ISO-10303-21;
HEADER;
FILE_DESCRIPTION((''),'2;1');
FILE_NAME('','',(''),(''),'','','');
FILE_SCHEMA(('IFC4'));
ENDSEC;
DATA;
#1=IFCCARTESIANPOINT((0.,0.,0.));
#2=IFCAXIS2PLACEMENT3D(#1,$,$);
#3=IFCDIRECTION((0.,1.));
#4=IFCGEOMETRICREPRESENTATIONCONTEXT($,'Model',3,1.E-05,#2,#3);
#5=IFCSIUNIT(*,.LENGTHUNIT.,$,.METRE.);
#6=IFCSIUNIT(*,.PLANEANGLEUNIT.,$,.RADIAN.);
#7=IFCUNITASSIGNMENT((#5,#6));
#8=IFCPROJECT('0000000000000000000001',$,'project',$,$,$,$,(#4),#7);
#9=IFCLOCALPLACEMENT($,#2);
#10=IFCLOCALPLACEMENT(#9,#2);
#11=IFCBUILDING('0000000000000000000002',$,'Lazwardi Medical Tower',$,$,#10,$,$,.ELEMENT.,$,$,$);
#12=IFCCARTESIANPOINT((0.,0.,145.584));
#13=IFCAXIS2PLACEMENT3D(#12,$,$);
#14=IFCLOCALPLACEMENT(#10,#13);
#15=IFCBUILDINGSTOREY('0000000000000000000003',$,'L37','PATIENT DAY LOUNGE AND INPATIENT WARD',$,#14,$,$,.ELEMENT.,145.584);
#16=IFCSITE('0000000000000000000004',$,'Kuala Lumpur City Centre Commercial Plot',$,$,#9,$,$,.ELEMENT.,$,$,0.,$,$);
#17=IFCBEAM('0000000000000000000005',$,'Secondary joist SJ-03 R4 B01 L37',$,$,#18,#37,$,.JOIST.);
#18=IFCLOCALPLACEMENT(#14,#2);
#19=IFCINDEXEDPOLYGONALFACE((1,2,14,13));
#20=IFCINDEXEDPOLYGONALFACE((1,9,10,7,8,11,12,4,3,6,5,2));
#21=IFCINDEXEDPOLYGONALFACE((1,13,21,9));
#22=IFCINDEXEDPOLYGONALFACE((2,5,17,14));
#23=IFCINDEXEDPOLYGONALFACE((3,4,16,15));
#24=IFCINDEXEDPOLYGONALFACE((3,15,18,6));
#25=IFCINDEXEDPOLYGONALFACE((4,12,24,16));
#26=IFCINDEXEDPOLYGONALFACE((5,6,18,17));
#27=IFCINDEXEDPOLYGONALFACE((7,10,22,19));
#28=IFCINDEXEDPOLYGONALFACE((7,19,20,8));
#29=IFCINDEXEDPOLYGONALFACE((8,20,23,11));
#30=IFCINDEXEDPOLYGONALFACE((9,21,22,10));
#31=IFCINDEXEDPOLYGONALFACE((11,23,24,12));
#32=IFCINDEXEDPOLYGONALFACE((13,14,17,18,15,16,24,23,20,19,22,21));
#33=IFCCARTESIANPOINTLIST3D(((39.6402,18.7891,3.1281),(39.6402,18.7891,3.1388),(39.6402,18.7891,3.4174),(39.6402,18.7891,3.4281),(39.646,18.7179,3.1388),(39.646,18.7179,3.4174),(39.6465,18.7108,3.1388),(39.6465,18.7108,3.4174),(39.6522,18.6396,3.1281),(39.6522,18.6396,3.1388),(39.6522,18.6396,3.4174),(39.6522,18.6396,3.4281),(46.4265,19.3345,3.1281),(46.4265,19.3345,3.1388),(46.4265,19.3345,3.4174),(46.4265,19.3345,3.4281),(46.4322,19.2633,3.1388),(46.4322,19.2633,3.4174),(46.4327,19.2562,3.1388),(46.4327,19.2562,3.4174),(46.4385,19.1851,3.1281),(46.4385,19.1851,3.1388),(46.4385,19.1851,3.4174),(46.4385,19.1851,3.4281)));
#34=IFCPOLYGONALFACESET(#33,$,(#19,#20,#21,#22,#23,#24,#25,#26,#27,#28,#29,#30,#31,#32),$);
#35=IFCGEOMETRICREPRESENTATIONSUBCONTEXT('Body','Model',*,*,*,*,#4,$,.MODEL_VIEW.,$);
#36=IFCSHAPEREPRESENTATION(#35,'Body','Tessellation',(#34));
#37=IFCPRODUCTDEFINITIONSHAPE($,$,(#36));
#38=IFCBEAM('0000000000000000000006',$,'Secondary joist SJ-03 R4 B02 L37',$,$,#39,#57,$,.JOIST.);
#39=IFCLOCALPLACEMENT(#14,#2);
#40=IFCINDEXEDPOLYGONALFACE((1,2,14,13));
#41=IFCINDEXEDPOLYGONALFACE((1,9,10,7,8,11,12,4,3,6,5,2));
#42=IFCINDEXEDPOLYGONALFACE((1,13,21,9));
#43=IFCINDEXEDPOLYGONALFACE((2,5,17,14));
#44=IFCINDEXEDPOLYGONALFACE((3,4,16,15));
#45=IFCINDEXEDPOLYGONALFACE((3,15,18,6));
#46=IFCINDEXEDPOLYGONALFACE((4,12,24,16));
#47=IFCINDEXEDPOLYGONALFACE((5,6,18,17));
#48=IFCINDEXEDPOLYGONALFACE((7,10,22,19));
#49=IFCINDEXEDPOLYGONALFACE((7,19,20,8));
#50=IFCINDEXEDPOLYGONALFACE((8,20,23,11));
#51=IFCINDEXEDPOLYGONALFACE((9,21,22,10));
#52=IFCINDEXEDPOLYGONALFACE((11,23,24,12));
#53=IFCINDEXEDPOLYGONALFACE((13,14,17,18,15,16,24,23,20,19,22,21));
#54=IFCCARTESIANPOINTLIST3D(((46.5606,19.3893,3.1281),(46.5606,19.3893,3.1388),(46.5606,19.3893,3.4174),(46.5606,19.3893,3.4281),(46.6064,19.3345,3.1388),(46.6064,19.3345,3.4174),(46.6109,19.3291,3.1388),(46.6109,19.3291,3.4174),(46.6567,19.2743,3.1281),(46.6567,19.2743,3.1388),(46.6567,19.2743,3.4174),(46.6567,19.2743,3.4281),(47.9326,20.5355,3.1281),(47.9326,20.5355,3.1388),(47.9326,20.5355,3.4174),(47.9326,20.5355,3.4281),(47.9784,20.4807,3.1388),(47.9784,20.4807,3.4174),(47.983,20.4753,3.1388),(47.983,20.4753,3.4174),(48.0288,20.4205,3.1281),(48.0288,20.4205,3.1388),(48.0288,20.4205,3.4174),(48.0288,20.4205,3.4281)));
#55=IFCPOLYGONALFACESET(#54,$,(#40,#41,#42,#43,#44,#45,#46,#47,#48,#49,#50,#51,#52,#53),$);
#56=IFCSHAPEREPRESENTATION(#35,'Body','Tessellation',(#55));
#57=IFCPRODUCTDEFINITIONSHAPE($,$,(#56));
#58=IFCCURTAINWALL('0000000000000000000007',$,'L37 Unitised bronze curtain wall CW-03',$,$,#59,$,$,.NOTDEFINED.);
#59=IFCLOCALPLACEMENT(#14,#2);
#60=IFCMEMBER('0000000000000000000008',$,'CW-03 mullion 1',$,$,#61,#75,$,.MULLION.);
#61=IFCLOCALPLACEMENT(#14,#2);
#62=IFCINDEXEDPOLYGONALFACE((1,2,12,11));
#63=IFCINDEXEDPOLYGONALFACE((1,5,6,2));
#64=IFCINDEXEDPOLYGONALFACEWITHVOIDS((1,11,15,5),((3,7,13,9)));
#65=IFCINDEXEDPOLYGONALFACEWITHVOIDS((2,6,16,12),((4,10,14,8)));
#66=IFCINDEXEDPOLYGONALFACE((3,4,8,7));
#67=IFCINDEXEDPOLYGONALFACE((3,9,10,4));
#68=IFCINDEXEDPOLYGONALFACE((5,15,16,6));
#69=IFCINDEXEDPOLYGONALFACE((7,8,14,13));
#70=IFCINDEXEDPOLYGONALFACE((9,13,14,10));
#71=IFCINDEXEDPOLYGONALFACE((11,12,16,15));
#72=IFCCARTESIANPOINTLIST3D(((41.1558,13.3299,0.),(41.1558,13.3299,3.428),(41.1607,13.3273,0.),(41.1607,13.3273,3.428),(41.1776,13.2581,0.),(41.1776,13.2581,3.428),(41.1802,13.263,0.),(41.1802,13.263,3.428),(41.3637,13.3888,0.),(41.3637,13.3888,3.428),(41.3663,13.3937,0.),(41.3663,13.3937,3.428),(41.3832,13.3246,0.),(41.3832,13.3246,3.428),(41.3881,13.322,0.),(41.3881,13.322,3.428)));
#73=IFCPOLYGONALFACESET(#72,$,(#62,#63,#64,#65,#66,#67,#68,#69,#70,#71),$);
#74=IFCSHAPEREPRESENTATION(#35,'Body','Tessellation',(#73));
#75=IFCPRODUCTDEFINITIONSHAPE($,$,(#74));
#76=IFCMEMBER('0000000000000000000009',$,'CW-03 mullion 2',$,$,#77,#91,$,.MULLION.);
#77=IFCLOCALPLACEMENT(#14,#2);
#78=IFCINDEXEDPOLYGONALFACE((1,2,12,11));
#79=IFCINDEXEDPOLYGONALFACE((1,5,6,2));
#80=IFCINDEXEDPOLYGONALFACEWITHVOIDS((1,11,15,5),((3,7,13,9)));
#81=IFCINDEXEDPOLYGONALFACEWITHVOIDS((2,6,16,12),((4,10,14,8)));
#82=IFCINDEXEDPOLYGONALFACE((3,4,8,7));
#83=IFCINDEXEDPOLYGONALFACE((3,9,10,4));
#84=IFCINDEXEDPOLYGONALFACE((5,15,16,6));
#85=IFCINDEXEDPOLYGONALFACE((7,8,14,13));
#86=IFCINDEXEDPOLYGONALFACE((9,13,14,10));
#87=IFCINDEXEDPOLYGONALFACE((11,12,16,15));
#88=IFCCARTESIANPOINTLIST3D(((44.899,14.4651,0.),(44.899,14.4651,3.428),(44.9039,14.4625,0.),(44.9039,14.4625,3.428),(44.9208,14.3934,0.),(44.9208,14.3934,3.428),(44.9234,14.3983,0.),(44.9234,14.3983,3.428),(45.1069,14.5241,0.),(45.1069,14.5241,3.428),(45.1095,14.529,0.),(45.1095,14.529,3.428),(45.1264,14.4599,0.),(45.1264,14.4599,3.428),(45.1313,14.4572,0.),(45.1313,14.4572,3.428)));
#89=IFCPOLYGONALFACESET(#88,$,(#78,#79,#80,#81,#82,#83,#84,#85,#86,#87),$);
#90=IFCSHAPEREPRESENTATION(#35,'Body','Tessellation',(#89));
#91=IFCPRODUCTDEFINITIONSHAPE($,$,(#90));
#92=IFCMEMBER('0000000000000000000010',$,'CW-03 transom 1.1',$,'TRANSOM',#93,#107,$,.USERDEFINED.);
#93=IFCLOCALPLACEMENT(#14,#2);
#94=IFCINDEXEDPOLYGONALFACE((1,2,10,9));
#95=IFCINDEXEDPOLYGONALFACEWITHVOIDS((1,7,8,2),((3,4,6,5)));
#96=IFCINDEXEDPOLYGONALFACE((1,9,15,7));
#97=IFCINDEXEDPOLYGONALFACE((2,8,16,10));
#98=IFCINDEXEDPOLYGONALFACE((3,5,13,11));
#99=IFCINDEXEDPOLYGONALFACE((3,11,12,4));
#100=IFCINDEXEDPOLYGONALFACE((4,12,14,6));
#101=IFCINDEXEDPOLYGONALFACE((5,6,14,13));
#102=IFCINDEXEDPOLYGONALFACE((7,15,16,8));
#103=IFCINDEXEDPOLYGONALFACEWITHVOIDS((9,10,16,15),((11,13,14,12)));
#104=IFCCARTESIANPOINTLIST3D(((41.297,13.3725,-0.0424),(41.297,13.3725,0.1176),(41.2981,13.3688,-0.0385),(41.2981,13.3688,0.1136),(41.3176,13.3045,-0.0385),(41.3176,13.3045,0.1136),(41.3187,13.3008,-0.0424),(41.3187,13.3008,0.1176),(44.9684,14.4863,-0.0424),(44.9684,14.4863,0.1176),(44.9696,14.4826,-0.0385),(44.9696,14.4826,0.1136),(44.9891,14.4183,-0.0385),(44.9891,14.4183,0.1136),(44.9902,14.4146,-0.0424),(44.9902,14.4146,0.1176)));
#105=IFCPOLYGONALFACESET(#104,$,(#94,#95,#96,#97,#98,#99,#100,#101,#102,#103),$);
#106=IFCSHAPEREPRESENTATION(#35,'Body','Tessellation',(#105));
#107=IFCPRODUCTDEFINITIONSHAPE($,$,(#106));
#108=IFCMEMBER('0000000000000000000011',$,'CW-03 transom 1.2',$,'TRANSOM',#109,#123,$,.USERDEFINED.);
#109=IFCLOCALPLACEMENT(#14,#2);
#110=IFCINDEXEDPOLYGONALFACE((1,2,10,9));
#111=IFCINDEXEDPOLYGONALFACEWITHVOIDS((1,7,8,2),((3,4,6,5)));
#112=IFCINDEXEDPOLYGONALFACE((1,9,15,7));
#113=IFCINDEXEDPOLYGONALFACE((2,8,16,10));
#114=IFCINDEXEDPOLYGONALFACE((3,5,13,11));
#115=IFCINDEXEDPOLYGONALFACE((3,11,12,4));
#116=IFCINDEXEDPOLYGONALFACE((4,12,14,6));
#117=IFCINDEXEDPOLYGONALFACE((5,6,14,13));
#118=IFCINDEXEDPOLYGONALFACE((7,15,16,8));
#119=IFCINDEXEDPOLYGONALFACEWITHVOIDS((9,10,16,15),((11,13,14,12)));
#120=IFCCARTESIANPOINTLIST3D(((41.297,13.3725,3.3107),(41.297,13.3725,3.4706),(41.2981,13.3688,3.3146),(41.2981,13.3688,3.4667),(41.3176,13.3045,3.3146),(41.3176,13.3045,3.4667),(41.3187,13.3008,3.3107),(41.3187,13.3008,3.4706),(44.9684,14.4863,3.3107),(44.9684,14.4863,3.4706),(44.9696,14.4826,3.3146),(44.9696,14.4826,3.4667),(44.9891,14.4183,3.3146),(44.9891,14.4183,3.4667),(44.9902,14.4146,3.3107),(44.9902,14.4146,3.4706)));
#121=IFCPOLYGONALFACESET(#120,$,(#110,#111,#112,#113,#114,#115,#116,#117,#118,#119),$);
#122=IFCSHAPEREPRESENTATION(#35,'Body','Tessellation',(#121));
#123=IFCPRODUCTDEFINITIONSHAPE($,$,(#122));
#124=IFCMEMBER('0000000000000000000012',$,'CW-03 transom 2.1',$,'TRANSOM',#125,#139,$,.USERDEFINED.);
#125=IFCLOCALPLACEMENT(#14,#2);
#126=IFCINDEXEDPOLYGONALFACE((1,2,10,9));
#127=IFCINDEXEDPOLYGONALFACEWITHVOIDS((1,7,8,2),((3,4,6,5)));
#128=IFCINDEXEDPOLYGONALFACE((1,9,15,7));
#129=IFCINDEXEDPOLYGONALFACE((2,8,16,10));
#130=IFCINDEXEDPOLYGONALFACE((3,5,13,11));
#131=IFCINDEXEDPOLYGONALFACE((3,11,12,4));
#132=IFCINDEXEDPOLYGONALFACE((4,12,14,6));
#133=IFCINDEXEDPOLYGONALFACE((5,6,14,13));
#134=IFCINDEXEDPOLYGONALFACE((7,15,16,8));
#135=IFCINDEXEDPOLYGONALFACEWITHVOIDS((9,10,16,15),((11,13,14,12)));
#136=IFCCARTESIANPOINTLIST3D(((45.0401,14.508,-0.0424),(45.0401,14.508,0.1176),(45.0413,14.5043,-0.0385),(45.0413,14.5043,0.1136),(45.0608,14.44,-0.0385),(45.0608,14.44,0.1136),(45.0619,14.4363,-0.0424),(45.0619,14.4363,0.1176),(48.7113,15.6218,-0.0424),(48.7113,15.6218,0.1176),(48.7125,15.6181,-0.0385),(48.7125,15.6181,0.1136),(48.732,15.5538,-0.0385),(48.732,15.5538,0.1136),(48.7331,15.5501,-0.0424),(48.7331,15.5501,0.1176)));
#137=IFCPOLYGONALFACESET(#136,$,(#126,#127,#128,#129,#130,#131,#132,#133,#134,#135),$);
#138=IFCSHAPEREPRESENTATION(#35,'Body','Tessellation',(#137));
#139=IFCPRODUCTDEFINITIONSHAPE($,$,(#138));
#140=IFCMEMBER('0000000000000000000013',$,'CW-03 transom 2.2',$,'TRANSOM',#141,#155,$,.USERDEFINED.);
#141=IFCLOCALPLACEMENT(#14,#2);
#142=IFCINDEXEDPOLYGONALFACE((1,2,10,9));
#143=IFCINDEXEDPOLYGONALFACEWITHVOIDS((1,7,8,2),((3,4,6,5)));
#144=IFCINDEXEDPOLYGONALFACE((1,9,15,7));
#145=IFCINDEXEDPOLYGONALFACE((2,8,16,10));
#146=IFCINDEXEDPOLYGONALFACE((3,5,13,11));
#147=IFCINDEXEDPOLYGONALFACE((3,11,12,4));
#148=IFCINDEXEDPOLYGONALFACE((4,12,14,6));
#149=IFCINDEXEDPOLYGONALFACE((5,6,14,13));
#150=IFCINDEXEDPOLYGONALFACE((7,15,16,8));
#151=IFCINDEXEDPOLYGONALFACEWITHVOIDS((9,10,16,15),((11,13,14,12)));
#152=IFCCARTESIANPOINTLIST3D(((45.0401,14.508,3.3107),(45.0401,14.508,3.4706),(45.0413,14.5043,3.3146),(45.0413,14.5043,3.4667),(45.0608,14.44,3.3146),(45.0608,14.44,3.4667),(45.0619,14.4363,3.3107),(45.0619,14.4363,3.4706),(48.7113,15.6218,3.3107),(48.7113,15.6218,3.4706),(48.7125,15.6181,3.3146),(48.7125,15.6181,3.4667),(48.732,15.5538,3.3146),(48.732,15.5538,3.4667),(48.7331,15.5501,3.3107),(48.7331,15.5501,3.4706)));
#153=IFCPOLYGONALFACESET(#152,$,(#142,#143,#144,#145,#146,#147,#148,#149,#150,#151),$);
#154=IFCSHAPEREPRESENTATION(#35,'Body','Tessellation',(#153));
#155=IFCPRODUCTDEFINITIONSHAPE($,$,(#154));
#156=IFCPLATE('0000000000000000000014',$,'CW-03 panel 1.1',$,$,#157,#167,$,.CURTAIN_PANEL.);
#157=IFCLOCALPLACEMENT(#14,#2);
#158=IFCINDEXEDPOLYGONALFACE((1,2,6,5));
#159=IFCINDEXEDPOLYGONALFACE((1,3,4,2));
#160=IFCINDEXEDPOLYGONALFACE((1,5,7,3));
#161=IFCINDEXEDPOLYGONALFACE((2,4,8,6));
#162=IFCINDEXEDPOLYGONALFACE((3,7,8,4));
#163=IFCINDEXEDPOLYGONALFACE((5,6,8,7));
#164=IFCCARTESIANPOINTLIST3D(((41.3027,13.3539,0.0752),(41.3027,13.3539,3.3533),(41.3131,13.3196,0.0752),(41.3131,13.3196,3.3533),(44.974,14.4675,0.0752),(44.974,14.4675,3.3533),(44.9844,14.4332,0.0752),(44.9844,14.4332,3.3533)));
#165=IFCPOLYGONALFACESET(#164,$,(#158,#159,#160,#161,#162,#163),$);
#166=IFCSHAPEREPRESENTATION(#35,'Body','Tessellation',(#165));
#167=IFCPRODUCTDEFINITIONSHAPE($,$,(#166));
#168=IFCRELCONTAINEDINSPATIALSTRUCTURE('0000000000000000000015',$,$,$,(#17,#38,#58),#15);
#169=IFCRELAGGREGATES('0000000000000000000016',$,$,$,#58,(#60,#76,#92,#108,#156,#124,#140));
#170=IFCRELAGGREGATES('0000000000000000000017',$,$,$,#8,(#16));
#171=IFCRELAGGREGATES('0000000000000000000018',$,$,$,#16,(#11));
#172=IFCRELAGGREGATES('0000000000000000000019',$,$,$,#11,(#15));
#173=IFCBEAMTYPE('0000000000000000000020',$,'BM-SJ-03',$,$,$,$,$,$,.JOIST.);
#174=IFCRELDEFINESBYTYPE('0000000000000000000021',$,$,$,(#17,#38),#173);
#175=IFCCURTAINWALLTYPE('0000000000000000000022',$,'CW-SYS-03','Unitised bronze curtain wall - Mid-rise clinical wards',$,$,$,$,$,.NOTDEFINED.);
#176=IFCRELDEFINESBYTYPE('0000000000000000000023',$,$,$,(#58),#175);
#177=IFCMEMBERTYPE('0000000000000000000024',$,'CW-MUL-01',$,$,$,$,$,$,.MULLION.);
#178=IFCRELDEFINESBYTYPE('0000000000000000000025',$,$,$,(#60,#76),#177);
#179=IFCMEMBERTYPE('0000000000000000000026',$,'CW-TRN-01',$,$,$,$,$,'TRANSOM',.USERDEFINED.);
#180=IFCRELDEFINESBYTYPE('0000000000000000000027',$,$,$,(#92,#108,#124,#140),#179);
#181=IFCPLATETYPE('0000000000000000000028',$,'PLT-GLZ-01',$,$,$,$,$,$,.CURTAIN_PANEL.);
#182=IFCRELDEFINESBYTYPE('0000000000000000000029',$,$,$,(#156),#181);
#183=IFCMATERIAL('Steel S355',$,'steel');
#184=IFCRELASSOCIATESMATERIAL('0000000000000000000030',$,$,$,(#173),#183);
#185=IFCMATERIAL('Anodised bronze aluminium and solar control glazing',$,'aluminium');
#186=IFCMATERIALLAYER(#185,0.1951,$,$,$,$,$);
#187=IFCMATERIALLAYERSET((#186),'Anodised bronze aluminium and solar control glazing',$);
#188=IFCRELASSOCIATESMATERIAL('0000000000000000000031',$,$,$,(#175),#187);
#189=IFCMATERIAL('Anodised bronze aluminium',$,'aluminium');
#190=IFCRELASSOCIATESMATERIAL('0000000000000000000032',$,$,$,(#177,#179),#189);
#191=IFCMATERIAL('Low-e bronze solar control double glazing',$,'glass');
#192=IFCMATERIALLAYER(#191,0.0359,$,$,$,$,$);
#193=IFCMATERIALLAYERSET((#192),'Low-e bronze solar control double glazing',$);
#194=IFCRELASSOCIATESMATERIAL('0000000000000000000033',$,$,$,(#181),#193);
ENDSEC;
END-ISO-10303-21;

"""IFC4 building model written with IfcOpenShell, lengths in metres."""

from ifc_helpers import new_model, si_unit, direction, frame, origin, origin_2d, place, context, subcontext, project, spatial, rectangle, hollow_rectangle, i_section, extrude, material, layer, layer_set, material_profile, profile_set, type_object, element, aggregate, save


model = new_model("IFC4")

# Units and contexts
model_context = context("Model", 3, precision=1e-05, world=origin(), true_north=direction((0.0, 1.0)))
body_context = subcontext(model_context, "Body", "Model", "MODEL_VIEW")
ifc_project = project(units=[si_unit("LENGTHUNIT", "METRE"), si_unit("PLANEANGLEUNIT", "RADIAN")], contexts=[model_context])

# Site, building, storey
site_placement = place(None, origin())
site = spatial("IfcSite", under=ifc_project, at=site_placement, Name="Kuala Lumpur City Centre Commercial Plot", CompositionType="ELEMENT", RefElevation=0.0)
building_placement = place(site_placement, origin())
building = spatial("IfcBuilding", under=site, at=building_placement, Name="Lazwardi Medical Tower", CompositionType="ELEMENT")
storey_placement = place(building_placement, frame((0.0, 0.0, 145.584)))
storey = spatial("IfcBuildingStorey", under=building, at=storey_placement, Name="L37", Description="PATIENT DAY LOUNGE AND INPATIENT WARD", CompositionType="ELEMENT", Elevation=145.584)

# Beams
ifc_material_1 = material(Name="Steel S355", Category="steel")
ifc_material_profile_1 = material_profile(ifc_material_1, i_section(OverallWidth=0.1499, OverallDepth=0.3, WebThickness=0.0071, FlangeThickness=0.0107, at=origin_2d()), Name="IPE 300")
ifc_profile_set_1 = profile_set([ifc_material_profile_1], Name="Steel S355")
beam_type_1 = type_object("IfcBeamType", Name="BM-SJ-03", PredefinedType="JOIST", material=ifc_profile_set_1)
beam_1_placement = place(storey_placement, frame((39.6462, 18.7144, 3.2781), z_axis=(0.996786, 0.080113, 0.0), x_axis=(-0.080113, 0.996786, 0.0)))
element("IfcBeam", 1, at=beam_1_placement, inside=storey, type_object=beam_type_1, Name="Secondary joist SJ-03 R4 B01 L37", PredefinedType="JOIST", context=body_context, shape_type="SweptSolid", body=[
    extrude(i_section(OverallWidth=0.1499, OverallDepth=0.3, WebThickness=0.0071, FlangeThickness=0.0107, at=origin_2d()), origin(), (0.0, 0.0, 1.0), 6.8081),
])
beam_2_placement = place(storey_placement, frame((46.6086, 19.3318, 3.2781), z_axis=(0.767437, 0.641124, 0.0), x_axis=(-0.641124, 0.767437, 0.0)))
element("IfcBeam", 2, at=beam_2_placement, inside=storey, type_object=beam_type_1, Name="Secondary joist SJ-03 R4 B02 L37", PredefinedType="JOIST", context=body_context, shape_type="SweptSolid", body=[
    extrude(i_section(OverallWidth=0.1499, OverallDepth=0.3, WebThickness=0.0071, FlangeThickness=0.0107, at=origin_2d()), origin(), (0.0, 0.0, 1.0), 1.7878),
])

# Curtain wall, members, plate
ifc_material_2 = material(Name="Anodised bronze aluminium and solar control glazing", Category="aluminium")
ifc_layer_1 = layer(ifc_material_2, 0.1951)
ifc_layer_set_1 = layer_set([ifc_layer_1], Name="Anodised bronze aluminium and solar control glazing")
curtain_wall_type = type_object("IfcCurtainWallType", Name="CW-SYS-03", Description="Unitised bronze curtain wall - Mid-rise clinical wards", PredefinedType="NOTDEFINED", material=ifc_layer_set_1)
curtain_wall_placement = place(storey_placement, origin())
curtain_wall = element("IfcCurtainWall", 3, at=curtain_wall_placement, inside=storey, type_object=curtain_wall_type, Name="L37 Unitised bronze curtain wall CW-03", PredefinedType="NOTDEFINED")
ifc_material_3 = material(Name="Anodised bronze aluminium", Category="aluminium")
ifc_material_profile_2 = material_profile(ifc_material_3, hollow_rectangle(XDim=0.075, YDim=0.22, WallThickness=0.0039, at=origin_2d()), Name="ALU-MULLION 220x75x4")
ifc_profile_set_2 = profile_set([ifc_material_profile_2], Name="Anodised bronze aluminium")
member_type_1 = type_object("IfcMemberType", Name="CW-MUL-01", PredefinedType="MULLION", material=ifc_profile_set_2)
member_1_placement = place(storey_placement, frame((41.272, 13.3259, 0.0), z_axis=(0.0, 0.0, 1.0), x_axis=(-0.290281, 0.956942, 0.0)))
member_1 = element("IfcMember", 4, at=member_1_placement, type_object=member_type_1, Name="CW-03 mullion 1", PredefinedType="MULLION", context=body_context, shape_type="SweptSolid", body=[
    extrude(hollow_rectangle(XDim=0.075, YDim=0.22, WallThickness=0.0039, at=origin_2d()), origin(), (0.0, 0.0, 1.0), 3.428),
])
member_2_placement = place(storey_placement, frame((45.0151, 14.4612, 0.0), z_axis=(0.0, 0.0, 1.0), x_axis=(-0.290281, 0.956942, 0.0)))
member_2 = element("IfcMember", 5, at=member_2_placement, type_object=member_type_1, Name="CW-03 mullion 2", PredefinedType="MULLION", context=body_context, shape_type="SweptSolid", body=[
    extrude(hollow_rectangle(XDim=0.075, YDim=0.22, WallThickness=0.0039, at=origin_2d()), origin(), (0.0, 0.0, 1.0), 3.428),
])
ifc_material_profile_3 = material_profile(ifc_material_3, hollow_rectangle(XDim=0.075, YDim=0.1599, WallThickness=0.0039, at=origin_2d()), Name="ALU-TRANSOM 160x75x4")
ifc_profile_set_3 = profile_set([ifc_material_profile_3], Name="Anodised bronze aluminium")
member_type_2 = type_object("IfcMemberType", Name="CW-TRN-01", ElementType="TRANSOM", PredefinedType="USERDEFINED", material=ifc_profile_set_3)
member_3_placement = place(storey_placement, frame((41.3079, 13.3367, 0.0376), z_axis=(0.956936, 0.290301, 0.0), x_axis=(-0.290301, 0.956936, 0.0)))
member_3 = element("IfcMember", 6, at=member_3_placement, type_object=member_type_2, Name="CW-03 transom 1.1", ObjectType="TRANSOM", PredefinedType="USERDEFINED", context=body_context, shape_type="SweptSolid", body=[
    extrude(hollow_rectangle(XDim=0.075, YDim=0.1599, WallThickness=0.0039, at=origin_2d()), origin(), (0.0, 0.0, 1.0), 3.8367),
])
member_4_placement = place(storey_placement, frame((41.3079, 13.3367, 3.3906), z_axis=(0.956936, 0.290301, 0.0), x_axis=(-0.290301, 0.956936, 0.0)))
member_4 = element("IfcMember", 7, at=member_4_placement, type_object=member_type_2, Name="CW-03 transom 1.2", ObjectType="TRANSOM", PredefinedType="USERDEFINED", context=body_context, shape_type="SweptSolid", body=[
    extrude(hollow_rectangle(XDim=0.075, YDim=0.1599, WallThickness=0.0039, at=origin_2d()), origin(), (0.0, 0.0, 1.0), 3.8367),
])
member_5_placement = place(storey_placement, frame((45.051, 14.4722, 0.0376), z_axis=(0.95693, 0.290318, 0.0), x_axis=(-0.290318, 0.95693, 0.0)))
member_5 = element("IfcMember", 8, at=member_5_placement, type_object=member_type_2, Name="CW-03 transom 2.1", ObjectType="TRANSOM", PredefinedType="USERDEFINED", context=body_context, shape_type="SweptSolid", body=[
    extrude(hollow_rectangle(XDim=0.075, YDim=0.1599, WallThickness=0.0039, at=origin_2d()), origin(), (0.0, 0.0, 1.0), 3.8364),
])
member_6_placement = place(storey_placement, frame((45.051, 14.4722, 3.3906), z_axis=(0.95693, 0.290318, 0.0), x_axis=(-0.290318, 0.95693, 0.0)))
member_6 = element("IfcMember", 9, at=member_6_placement, type_object=member_type_2, Name="CW-03 transom 2.2", ObjectType="TRANSOM", PredefinedType="USERDEFINED", context=body_context, shape_type="SweptSolid", body=[
    extrude(hollow_rectangle(XDim=0.075, YDim=0.1599, WallThickness=0.0039, at=origin_2d()), origin(), (0.0, 0.0, 1.0), 3.8364),
])
ifc_material_4 = material(Name="Low-e bronze solar control double glazing", Category="glass")
ifc_layer_2 = layer(ifc_material_4, 0.0359)
ifc_layer_set_2 = layer_set([ifc_layer_2], Name="Low-e bronze solar control double glazing")
plate_type = type_object("IfcPlateType", Name="PLT-GLZ-01", PredefinedType="CURTAIN_PANEL", material=ifc_layer_set_2)
plate_placement = place(storey_placement, frame((43.1436, 13.8936, 0.0752), z_axis=(0.0, 0.0, 1.0), x_axis=(0.956942, 0.290281, 0.0)))
plate = element("IfcPlate", 10, at=plate_placement, type_object=plate_type, Name="CW-03 panel 1.1", PredefinedType="CURTAIN_PANEL", context=body_context, shape_type="SweptSolid", body=[
    extrude(rectangle(XDim=3.8364, YDim=0.0359, at=origin_2d()), origin(), (0.0, 0.0, 1.0), 3.2781),
])
aggregate(curtain_wall, [member_1, member_2, member_3, member_4, plate, member_5, member_6])

save(model, "model.ifc")
